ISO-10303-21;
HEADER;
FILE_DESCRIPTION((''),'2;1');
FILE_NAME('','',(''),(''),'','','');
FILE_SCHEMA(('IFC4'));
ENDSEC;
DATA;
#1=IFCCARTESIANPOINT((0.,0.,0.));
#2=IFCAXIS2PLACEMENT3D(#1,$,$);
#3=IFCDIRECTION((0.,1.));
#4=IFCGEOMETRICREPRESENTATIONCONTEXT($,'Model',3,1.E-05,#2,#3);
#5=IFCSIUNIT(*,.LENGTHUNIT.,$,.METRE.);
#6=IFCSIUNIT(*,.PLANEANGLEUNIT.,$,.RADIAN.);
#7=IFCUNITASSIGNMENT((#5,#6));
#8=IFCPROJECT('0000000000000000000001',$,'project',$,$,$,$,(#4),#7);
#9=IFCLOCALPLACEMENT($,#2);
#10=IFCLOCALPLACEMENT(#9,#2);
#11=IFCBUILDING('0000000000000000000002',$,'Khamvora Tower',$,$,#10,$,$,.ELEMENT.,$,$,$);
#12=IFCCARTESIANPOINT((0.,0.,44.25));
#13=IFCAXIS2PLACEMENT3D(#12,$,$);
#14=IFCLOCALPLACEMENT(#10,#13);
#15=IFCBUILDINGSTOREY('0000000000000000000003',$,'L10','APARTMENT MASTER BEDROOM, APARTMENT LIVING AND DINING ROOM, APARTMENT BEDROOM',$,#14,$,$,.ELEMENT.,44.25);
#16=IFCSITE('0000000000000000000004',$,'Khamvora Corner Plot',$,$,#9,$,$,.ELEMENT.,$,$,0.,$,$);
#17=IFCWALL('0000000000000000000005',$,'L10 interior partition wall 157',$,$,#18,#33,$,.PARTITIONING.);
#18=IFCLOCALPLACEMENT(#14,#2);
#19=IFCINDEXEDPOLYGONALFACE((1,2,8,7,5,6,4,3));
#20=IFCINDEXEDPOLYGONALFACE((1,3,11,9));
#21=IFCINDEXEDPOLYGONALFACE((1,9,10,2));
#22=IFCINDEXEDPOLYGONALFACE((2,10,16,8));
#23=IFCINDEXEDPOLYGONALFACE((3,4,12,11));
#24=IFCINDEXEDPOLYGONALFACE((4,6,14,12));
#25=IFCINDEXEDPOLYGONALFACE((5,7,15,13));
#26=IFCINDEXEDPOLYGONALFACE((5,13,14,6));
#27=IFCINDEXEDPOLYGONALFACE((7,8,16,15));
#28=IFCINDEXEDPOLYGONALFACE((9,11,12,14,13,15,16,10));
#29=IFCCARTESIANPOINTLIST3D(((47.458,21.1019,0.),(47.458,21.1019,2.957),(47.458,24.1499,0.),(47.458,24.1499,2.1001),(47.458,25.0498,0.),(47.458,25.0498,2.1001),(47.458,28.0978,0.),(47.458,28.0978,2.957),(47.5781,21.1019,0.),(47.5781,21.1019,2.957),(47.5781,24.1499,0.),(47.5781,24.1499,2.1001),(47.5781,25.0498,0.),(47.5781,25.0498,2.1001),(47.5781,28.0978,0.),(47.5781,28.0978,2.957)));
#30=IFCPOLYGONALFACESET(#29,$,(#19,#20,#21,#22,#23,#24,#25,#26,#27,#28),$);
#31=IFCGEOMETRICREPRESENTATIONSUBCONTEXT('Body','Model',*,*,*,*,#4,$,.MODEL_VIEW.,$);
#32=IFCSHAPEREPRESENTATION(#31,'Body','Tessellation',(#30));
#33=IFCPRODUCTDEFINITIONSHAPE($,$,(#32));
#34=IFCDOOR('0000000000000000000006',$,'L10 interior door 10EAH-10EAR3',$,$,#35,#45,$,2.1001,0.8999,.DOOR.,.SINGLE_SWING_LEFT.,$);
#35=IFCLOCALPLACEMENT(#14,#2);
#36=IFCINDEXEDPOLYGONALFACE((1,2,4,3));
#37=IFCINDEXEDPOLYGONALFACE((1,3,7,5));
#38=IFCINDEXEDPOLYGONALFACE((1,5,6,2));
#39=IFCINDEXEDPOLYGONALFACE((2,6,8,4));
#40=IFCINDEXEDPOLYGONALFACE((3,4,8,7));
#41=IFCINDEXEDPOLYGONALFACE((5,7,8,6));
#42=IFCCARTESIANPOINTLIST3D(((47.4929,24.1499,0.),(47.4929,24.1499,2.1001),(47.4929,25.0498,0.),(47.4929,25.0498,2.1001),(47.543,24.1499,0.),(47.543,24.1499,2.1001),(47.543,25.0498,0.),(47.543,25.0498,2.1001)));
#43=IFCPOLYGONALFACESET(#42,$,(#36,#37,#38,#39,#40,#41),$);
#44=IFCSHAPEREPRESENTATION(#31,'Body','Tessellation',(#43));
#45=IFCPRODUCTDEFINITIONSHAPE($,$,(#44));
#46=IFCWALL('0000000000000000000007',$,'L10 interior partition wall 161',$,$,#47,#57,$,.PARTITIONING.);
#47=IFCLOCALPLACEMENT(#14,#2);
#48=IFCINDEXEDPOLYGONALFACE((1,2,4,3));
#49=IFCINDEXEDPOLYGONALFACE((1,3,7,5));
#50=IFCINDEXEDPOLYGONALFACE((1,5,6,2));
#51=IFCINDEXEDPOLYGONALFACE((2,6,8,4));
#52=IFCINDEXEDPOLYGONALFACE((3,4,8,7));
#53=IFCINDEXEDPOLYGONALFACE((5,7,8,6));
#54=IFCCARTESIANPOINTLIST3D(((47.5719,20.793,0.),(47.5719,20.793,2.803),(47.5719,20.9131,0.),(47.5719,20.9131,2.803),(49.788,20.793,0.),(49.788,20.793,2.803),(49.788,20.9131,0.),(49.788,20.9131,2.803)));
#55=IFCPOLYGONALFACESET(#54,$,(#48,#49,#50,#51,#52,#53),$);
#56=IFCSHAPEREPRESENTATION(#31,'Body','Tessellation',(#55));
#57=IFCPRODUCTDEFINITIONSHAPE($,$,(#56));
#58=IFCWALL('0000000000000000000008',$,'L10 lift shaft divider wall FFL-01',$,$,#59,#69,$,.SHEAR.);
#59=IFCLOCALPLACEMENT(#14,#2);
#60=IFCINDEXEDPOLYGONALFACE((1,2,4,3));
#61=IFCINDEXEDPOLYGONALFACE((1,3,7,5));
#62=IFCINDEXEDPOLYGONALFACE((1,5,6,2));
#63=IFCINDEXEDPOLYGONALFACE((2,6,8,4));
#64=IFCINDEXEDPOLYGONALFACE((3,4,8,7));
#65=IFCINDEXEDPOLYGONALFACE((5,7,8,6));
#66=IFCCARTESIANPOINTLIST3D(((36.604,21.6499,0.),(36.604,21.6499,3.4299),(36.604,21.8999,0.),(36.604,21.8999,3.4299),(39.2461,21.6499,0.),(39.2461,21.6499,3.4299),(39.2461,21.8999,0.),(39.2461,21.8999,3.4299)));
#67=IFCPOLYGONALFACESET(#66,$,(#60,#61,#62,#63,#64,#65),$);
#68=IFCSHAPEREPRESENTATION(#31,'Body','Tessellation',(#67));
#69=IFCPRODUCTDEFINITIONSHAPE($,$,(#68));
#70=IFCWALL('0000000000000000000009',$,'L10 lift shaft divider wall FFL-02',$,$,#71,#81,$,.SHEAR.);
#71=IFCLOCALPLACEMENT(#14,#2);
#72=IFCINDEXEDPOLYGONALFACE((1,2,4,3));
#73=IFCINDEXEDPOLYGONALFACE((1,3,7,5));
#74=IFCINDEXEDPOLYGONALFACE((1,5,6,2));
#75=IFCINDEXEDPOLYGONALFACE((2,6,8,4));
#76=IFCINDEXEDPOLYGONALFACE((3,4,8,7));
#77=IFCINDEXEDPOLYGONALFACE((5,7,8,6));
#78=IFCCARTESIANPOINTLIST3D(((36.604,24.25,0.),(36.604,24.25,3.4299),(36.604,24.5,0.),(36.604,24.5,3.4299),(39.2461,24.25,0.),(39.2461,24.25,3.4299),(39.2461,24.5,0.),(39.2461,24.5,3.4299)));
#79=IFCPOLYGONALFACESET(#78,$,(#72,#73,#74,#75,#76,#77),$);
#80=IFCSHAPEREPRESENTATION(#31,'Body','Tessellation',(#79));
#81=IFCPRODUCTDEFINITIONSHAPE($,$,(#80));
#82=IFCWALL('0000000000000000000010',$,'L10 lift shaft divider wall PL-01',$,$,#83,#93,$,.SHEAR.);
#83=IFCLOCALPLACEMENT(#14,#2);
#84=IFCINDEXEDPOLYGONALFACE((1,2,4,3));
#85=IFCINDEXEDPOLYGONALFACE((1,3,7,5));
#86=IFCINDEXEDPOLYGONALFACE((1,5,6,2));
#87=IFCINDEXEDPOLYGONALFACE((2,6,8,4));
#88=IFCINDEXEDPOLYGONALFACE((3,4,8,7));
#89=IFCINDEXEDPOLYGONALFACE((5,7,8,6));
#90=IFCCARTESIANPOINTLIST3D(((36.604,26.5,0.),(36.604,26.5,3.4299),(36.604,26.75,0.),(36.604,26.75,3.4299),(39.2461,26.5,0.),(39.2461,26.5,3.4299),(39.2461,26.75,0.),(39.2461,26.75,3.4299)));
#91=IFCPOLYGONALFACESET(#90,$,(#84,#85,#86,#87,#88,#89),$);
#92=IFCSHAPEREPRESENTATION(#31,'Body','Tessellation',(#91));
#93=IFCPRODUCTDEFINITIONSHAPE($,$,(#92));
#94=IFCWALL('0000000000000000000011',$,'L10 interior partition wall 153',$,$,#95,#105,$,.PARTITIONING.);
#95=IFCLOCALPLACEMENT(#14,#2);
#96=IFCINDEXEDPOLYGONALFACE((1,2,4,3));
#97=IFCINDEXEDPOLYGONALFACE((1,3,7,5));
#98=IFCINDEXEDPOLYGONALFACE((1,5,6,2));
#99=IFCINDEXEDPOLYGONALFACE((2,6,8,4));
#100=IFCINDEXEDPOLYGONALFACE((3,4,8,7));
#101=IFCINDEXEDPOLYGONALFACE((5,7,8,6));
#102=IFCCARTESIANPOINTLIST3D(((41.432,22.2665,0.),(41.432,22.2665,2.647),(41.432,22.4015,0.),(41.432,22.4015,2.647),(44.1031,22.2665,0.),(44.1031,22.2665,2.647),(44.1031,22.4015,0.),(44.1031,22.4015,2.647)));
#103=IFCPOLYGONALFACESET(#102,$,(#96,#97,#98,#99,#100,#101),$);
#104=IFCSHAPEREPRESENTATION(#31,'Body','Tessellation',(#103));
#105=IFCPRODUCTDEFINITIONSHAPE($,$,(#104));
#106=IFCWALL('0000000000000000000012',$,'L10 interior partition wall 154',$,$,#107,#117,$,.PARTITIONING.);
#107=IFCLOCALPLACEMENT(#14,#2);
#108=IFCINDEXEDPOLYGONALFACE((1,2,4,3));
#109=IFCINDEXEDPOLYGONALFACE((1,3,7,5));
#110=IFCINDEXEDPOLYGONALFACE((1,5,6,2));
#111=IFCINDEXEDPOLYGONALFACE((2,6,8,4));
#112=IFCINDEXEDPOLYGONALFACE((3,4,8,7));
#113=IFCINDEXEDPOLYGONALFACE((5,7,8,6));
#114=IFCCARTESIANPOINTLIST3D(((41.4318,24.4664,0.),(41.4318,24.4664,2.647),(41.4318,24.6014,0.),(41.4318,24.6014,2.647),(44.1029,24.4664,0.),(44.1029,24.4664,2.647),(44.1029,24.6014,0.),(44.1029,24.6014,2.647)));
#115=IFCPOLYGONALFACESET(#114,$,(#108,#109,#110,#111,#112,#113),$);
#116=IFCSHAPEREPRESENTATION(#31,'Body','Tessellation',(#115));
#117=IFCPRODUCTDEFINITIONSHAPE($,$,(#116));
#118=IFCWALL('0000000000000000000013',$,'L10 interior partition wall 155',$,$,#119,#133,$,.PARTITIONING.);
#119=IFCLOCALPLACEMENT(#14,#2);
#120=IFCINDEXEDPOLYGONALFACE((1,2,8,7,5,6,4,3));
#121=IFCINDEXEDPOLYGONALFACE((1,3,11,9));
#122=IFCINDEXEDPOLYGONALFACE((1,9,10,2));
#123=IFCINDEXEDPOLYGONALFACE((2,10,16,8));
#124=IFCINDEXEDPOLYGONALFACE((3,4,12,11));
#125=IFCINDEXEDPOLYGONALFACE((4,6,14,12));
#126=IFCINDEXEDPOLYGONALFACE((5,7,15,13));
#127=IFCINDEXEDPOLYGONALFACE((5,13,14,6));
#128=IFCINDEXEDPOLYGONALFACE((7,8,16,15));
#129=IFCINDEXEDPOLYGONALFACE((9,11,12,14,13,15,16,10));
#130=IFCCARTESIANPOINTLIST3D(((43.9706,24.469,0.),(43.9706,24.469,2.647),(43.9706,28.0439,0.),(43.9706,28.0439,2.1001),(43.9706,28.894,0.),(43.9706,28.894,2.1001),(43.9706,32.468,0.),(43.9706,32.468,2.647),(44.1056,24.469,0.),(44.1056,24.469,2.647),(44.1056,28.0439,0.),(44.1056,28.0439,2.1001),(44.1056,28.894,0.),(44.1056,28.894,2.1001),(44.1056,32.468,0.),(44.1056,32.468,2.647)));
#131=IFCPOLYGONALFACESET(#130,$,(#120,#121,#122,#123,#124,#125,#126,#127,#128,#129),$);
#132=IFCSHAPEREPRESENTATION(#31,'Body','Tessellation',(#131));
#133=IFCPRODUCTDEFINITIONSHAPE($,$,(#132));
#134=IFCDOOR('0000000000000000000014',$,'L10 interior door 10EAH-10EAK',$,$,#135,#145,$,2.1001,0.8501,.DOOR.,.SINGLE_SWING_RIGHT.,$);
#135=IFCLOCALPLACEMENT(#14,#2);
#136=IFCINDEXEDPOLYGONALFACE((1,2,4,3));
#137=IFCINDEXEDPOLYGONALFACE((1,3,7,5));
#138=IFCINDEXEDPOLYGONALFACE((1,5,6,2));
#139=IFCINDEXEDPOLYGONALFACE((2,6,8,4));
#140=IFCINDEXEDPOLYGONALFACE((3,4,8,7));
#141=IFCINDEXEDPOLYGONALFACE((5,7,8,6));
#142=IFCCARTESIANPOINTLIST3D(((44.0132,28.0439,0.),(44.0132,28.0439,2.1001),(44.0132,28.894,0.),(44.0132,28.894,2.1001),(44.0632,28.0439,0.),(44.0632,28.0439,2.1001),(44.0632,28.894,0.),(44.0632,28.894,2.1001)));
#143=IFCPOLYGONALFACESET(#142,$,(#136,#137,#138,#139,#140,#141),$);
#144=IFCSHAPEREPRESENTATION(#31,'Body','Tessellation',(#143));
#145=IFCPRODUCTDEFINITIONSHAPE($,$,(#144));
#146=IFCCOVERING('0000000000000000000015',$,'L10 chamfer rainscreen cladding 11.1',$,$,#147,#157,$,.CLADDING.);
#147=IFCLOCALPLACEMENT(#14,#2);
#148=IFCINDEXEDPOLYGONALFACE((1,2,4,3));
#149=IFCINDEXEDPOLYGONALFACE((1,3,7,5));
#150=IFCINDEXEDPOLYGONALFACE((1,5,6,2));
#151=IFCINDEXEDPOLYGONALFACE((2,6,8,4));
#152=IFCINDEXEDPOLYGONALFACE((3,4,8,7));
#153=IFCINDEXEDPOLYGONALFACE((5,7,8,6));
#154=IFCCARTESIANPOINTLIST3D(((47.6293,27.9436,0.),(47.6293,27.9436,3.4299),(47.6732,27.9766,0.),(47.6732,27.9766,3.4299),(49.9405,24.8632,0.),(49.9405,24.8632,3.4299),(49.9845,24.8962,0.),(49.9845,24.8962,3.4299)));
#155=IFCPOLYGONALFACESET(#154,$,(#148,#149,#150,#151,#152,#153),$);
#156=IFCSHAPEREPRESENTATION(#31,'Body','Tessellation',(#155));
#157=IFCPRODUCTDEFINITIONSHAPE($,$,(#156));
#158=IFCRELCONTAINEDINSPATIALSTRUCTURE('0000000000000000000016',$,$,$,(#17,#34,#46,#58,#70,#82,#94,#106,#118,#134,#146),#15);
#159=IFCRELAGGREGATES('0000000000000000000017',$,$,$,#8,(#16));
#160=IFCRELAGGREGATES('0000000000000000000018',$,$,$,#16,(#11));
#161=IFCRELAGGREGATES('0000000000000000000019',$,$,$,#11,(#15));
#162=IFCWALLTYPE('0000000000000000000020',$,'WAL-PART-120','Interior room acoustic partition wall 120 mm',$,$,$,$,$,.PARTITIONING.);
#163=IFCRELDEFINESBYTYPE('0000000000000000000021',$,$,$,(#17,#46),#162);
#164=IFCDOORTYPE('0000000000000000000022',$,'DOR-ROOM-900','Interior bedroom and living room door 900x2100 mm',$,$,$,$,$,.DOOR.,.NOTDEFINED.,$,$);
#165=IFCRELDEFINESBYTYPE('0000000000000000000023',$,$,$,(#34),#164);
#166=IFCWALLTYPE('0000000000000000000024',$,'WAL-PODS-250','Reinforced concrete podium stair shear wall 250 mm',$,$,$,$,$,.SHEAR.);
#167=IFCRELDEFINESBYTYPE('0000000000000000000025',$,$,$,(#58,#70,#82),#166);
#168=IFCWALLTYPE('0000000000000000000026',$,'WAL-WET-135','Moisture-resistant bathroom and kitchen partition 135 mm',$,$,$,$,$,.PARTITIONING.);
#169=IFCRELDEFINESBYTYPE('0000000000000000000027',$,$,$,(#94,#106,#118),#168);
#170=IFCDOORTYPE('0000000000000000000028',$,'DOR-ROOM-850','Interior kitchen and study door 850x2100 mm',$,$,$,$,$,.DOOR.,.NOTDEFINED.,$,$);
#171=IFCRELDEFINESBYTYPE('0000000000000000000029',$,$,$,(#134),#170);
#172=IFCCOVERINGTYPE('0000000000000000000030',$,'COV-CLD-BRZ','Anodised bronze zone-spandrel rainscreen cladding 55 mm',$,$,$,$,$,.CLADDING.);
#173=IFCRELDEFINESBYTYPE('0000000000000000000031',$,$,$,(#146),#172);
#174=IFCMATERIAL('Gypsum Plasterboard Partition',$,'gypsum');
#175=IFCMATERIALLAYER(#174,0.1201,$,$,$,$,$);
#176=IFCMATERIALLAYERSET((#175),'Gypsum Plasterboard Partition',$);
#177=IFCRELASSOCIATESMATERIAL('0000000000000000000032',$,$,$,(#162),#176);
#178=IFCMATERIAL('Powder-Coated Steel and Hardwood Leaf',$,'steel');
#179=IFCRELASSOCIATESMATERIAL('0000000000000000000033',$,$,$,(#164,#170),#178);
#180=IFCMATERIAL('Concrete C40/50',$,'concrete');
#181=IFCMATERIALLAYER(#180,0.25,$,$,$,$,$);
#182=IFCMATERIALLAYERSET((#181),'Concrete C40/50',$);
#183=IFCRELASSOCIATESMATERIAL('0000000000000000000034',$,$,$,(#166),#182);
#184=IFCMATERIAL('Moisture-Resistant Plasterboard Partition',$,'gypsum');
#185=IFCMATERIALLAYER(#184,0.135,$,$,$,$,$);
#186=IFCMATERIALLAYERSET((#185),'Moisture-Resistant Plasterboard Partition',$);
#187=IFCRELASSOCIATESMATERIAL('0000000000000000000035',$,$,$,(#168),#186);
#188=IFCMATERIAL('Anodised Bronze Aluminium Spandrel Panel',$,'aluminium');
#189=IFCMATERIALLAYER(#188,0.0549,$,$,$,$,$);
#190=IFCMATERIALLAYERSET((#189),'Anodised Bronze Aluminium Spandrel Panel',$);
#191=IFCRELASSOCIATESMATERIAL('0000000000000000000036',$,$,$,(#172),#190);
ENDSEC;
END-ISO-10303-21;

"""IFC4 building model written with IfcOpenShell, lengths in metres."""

from ifc_helpers import new_model, si_unit, direction, frame, frame_2d, origin, origin_2d, place, context, subcontext, project, spatial, rectangle, extrude, material, layer, layer_set, type_object, element, fill, save


model = new_model("IFC4")

# Units and contexts
model_context = context("Model", 3, precision=1e-05, world=origin(), true_north=direction((0.0, 1.0)))
body_context = subcontext(model_context, "Body", "Model", "MODEL_VIEW")
ifc_project = project(units=[si_unit("LENGTHUNIT", "METRE"), si_unit("PLANEANGLEUNIT", "RADIAN")], contexts=[model_context])

# Site, building, storey
site_placement = place(None, origin())
site = spatial("IfcSite", under=ifc_project, at=site_placement, Name="Khamvora Corner Plot", CompositionType="ELEMENT", RefElevation=0.0)
building_placement = place(site_placement, origin())
building = spatial("IfcBuilding", under=site, at=building_placement, Name="Khamvora Tower", CompositionType="ELEMENT")
storey_placement = place(building_placement, frame((0.0, 0.0, 44.25)))
storey = spatial("IfcBuildingStorey", under=building, at=storey_placement, Name="L10", Description="APARTMENT MASTER BEDROOM, APARTMENT LIVING AND DINING ROOM, APARTMENT BEDROOM", CompositionType="ELEMENT", Elevation=44.25)

# Shared definitions
ifc_material_1 = material(Name="Powder-Coated Steel and Hardwood Leaf", Category="steel")

# Wall, opening, door
ifc_material_2 = material(Name="Gypsum Plasterboard Partition", Category="gypsum")
ifc_layer_1 = layer(ifc_material_2, 0.1201)
ifc_layer_set_1 = layer_set([ifc_layer_1], Name="Gypsum Plasterboard Partition")
wall_type_1 = type_object("IfcWallType", Name="WAL-PART-120", Description="Interior room acoustic partition wall 120 mm", PredefinedType="PARTITIONING", material=ifc_layer_set_1)
door_type_1 = type_object("IfcDoorType", Name="DOR-ROOM-900", Description="Interior bedroom and living room door 900x2100 mm", OperationType="NOTDEFINED", PredefinedType="DOOR", material=ifc_material_1)
wall_1_placement = place(storey_placement, frame((47.5181, 28.0979, 0.0), z_axis=(0.0, 0.0, 1.0), x_axis=(0.0, -1.0, 0.0)))
wall_1 = element("IfcWall", 1, at=wall_1_placement, inside=storey, type_object=wall_type_1, Name="L10 interior partition wall 157", PredefinedType="PARTITIONING", context=body_context, shape_type="SweptSolid", body=[
    extrude(rectangle(XDim=6.9958, YDim=0.1201, at=frame_2d((3.498, 0.0))), origin(), (0.0, 0.0, 1.0), 2.957),
])
opening_1_placement = place(wall_1_placement, frame((3.0481, 0.0, 0.0)))
opening_1 = element("IfcOpeningElement", 2, at=opening_1_placement, cuts=wall_1, PredefinedType="OPENING", context=body_context, shape_type="SweptSolid", body=[
    extrude(rectangle(XDim=0.8999, YDim=2.1001, at=frame_2d((0.45, 1.05))), frame((0.0, 0.0701, 0.0), z_axis=(0.0, -1.0, 0.0), x_axis=(1.0, 0.0, 0.0)), (0.0, 0.0, 1.0), 0.1401),
])
door_1_placement = place(opening_1_placement, origin())
door_1 = element("IfcDoor", 3, at=door_1_placement, inside=storey, type_object=door_type_1, Name="L10 interior door 10EAH-10EAR3", OperationType="SINGLE_SWING_LEFT", OverallHeight=2.1001, OverallWidth=0.8999, PredefinedType="DOOR", context=body_context, shape_type="SweptSolid", body=[
    extrude(rectangle(XDim=0.8999, YDim=2.1001, at=frame_2d((0.45, 1.05))), frame((0.0, 0.0249, 0.0), z_axis=(0.0, -1.0, 0.0), x_axis=(1.0, 0.0, 0.0)), (0.0, 0.0, 1.0), 0.05),
])
fill(opening_1, door_1)

# Walls
wall_2_placement = place(storey_placement, frame((47.572, 20.853, 0.0), z_axis=(0.0, 0.0, 1.0), x_axis=(1.0, 0.0, 0.0)))
element("IfcWall", 4, at=wall_2_placement, inside=storey, type_object=wall_type_1, Name="L10 interior partition wall 161", PredefinedType="PARTITIONING", context=body_context, shape_type="SweptSolid", body=[
    extrude(rectangle(XDim=2.2161, YDim=0.1201, at=frame_2d((1.1079, 0.0))), origin(), (0.0, 0.0, 1.0), 2.803),
])
ifc_material_3 = material(Name="Concrete C40/50", Category="concrete")
ifc_layer_2 = layer(ifc_material_3, 0.25)
ifc_layer_set_2 = layer_set([ifc_layer_2], Name="Concrete C40/50")
wall_type_2 = type_object("IfcWallType", Name="WAL-PODS-250", Description="Reinforced concrete podium stair shear wall 250 mm", PredefinedType="SHEAR", material=ifc_layer_set_2)
for number, where, z_axis, x_axis, name in (
    (5, (36.604, 21.7749, 0.0), (0.0, 0.0, 1.0), (1.0, 0.0, 0.0), "L10 lift shaft divider wall FFL-01"),
    (6, (36.604, 24.375, 0.0), (0.0, 0.0, 1.0), (1.0, 0.0, 0.0), "L10 lift shaft divider wall FFL-02"),
    (7, (36.604, 26.625, 0.0), (0.0, 0.0, 1.0), (1.0, 0.0, 0.0), "L10 lift shaft divider wall PL-01"),
):
    element("IfcWall", number, at=place(storey_placement, frame(where, z_axis=z_axis, x_axis=x_axis)), inside=storey, type_object=wall_type_2, Name=name, PredefinedType="SHEAR", context=body_context, shape_type="SweptSolid", body=[
        extrude(rectangle(XDim=2.6421, YDim=0.25, at=frame_2d((1.321, 0.0))), origin(), (0.0, 0.0, 1.0), 3.4299),
    ])
ifc_material_4 = material(Name="Moisture-Resistant Plasterboard Partition", Category="gypsum")
ifc_layer_3 = layer(ifc_material_4, 0.135)
ifc_layer_set_3 = layer_set([ifc_layer_3], Name="Moisture-Resistant Plasterboard Partition")
wall_type_3 = type_object("IfcWallType", Name="WAL-WET-135", Description="Moisture-resistant bathroom and kitchen partition 135 mm", PredefinedType="PARTITIONING", material=ifc_layer_set_3)
for number, where, z_axis, x_axis, name in (
    (8, (44.103, 22.334, 0.0), (0.0, 0.0, 1.0), (-1.0, 0.0, 0.0), "L10 interior partition wall 153"),
    (9, (41.4319, 24.5339, 0.0), (0.0, 0.0, 1.0), (1.0, 0.0, 0.0), "L10 interior partition wall 154"),
):
    element("IfcWall", number, at=place(storey_placement, frame(where, z_axis=z_axis, x_axis=x_axis)), inside=storey, type_object=wall_type_3, Name=name, PredefinedType="PARTITIONING", context=body_context, shape_type="SweptSolid", body=[
        extrude(rectangle(XDim=2.6711, YDim=0.135, at=frame_2d((1.3354, 0.0))), origin(), (0.0, 0.0, 1.0), 2.647),
    ])

# Wall, opening, door
wall_3_placement = place(storey_placement, frame((44.0381, 24.469, 0.0), z_axis=(0.0, 0.0, 1.0), x_axis=(0.0, 1.0, 0.0)))
wall_3 = element("IfcWall", 10, at=wall_3_placement, inside=storey, type_object=wall_type_3, Name="L10 interior partition wall 155", PredefinedType="PARTITIONING", context=body_context, shape_type="SweptSolid", body=[
    extrude(rectangle(XDim=7.999, YDim=0.135, at=frame_2d((3.9995, 0.0))), origin(), (0.0, 0.0, 1.0), 2.647),
])
opening_2_placement = place(wall_3_placement, frame((3.575, 0.0, 0.0)))
opening_2 = element("IfcOpeningElement", 11, at=opening_2_placement, cuts=wall_3, PredefinedType="OPENING", context=body_context, shape_type="SweptSolid", body=[
    extrude(rectangle(XDim=0.8501, YDim=2.1001, at=frame_2d((0.425, 1.05))), frame((0.0, 0.0774, 0.0), z_axis=(0.0, -1.0, 0.0), x_axis=(1.0, 0.0, 0.0)), (0.0, 0.0, 1.0), 0.155),
])
door_type_2 = type_object("IfcDoorType", Name="DOR-ROOM-850", Description="Interior kitchen and study door 850x2100 mm", OperationType="NOTDEFINED", PredefinedType="DOOR", material=ifc_material_1)
door_2_placement = place(opening_2_placement, origin())
door_2 = element("IfcDoor", 12, at=door_2_placement, inside=storey, type_object=door_type_2, Name="L10 interior door 10EAH-10EAK", OperationType="SINGLE_SWING_RIGHT", OverallHeight=2.1001, OverallWidth=0.8501, PredefinedType="DOOR", context=body_context, shape_type="SweptSolid", body=[
    extrude(rectangle(XDim=0.8501, YDim=2.1001, at=frame_2d((0.425, 1.05))), frame((0.0, 0.0249, 0.0), z_axis=(0.0, -1.0, 0.0), x_axis=(1.0, 0.0, 0.0)), (0.0, 0.0, 1.0), 0.05),
])
fill(opening_2, door_2)

# Covering
ifc_material_5 = material(Name="Anodised Bronze Aluminium Spandrel Panel", Category="aluminium")
ifc_layer_4 = layer(ifc_material_5, 0.0549)
ifc_layer_set_4 = layer_set([ifc_layer_4], Name="Anodised Bronze Aluminium Spandrel Panel")
covering_type = type_object("IfcCoveringType", Name="COV-CLD-BRZ", Description="Anodised bronze zone-spandrel rainscreen cladding 55 mm", PredefinedType="CLADDING", material=ifc_layer_set_4)
covering_placement = place(storey_placement, frame((48.8069, 26.4199, 0.0), z_axis=(0.0, 0.0, 1.0), x_axis=(0.600162, -0.799878, 0.0)))
element("IfcCovering", 13, at=covering_placement, inside=storey, type_object=covering_type, Name="L10 chamfer rainscreen cladding 11.1", PredefinedType="CLADDING", context=body_context, shape_type="SweptSolid", body=[
    extrude(rectangle(XDim=3.8511, YDim=0.0549, at=origin_2d()), origin(), (0.0, 0.0, 1.0), 3.4299),
])

save(model, "model.ifc")
